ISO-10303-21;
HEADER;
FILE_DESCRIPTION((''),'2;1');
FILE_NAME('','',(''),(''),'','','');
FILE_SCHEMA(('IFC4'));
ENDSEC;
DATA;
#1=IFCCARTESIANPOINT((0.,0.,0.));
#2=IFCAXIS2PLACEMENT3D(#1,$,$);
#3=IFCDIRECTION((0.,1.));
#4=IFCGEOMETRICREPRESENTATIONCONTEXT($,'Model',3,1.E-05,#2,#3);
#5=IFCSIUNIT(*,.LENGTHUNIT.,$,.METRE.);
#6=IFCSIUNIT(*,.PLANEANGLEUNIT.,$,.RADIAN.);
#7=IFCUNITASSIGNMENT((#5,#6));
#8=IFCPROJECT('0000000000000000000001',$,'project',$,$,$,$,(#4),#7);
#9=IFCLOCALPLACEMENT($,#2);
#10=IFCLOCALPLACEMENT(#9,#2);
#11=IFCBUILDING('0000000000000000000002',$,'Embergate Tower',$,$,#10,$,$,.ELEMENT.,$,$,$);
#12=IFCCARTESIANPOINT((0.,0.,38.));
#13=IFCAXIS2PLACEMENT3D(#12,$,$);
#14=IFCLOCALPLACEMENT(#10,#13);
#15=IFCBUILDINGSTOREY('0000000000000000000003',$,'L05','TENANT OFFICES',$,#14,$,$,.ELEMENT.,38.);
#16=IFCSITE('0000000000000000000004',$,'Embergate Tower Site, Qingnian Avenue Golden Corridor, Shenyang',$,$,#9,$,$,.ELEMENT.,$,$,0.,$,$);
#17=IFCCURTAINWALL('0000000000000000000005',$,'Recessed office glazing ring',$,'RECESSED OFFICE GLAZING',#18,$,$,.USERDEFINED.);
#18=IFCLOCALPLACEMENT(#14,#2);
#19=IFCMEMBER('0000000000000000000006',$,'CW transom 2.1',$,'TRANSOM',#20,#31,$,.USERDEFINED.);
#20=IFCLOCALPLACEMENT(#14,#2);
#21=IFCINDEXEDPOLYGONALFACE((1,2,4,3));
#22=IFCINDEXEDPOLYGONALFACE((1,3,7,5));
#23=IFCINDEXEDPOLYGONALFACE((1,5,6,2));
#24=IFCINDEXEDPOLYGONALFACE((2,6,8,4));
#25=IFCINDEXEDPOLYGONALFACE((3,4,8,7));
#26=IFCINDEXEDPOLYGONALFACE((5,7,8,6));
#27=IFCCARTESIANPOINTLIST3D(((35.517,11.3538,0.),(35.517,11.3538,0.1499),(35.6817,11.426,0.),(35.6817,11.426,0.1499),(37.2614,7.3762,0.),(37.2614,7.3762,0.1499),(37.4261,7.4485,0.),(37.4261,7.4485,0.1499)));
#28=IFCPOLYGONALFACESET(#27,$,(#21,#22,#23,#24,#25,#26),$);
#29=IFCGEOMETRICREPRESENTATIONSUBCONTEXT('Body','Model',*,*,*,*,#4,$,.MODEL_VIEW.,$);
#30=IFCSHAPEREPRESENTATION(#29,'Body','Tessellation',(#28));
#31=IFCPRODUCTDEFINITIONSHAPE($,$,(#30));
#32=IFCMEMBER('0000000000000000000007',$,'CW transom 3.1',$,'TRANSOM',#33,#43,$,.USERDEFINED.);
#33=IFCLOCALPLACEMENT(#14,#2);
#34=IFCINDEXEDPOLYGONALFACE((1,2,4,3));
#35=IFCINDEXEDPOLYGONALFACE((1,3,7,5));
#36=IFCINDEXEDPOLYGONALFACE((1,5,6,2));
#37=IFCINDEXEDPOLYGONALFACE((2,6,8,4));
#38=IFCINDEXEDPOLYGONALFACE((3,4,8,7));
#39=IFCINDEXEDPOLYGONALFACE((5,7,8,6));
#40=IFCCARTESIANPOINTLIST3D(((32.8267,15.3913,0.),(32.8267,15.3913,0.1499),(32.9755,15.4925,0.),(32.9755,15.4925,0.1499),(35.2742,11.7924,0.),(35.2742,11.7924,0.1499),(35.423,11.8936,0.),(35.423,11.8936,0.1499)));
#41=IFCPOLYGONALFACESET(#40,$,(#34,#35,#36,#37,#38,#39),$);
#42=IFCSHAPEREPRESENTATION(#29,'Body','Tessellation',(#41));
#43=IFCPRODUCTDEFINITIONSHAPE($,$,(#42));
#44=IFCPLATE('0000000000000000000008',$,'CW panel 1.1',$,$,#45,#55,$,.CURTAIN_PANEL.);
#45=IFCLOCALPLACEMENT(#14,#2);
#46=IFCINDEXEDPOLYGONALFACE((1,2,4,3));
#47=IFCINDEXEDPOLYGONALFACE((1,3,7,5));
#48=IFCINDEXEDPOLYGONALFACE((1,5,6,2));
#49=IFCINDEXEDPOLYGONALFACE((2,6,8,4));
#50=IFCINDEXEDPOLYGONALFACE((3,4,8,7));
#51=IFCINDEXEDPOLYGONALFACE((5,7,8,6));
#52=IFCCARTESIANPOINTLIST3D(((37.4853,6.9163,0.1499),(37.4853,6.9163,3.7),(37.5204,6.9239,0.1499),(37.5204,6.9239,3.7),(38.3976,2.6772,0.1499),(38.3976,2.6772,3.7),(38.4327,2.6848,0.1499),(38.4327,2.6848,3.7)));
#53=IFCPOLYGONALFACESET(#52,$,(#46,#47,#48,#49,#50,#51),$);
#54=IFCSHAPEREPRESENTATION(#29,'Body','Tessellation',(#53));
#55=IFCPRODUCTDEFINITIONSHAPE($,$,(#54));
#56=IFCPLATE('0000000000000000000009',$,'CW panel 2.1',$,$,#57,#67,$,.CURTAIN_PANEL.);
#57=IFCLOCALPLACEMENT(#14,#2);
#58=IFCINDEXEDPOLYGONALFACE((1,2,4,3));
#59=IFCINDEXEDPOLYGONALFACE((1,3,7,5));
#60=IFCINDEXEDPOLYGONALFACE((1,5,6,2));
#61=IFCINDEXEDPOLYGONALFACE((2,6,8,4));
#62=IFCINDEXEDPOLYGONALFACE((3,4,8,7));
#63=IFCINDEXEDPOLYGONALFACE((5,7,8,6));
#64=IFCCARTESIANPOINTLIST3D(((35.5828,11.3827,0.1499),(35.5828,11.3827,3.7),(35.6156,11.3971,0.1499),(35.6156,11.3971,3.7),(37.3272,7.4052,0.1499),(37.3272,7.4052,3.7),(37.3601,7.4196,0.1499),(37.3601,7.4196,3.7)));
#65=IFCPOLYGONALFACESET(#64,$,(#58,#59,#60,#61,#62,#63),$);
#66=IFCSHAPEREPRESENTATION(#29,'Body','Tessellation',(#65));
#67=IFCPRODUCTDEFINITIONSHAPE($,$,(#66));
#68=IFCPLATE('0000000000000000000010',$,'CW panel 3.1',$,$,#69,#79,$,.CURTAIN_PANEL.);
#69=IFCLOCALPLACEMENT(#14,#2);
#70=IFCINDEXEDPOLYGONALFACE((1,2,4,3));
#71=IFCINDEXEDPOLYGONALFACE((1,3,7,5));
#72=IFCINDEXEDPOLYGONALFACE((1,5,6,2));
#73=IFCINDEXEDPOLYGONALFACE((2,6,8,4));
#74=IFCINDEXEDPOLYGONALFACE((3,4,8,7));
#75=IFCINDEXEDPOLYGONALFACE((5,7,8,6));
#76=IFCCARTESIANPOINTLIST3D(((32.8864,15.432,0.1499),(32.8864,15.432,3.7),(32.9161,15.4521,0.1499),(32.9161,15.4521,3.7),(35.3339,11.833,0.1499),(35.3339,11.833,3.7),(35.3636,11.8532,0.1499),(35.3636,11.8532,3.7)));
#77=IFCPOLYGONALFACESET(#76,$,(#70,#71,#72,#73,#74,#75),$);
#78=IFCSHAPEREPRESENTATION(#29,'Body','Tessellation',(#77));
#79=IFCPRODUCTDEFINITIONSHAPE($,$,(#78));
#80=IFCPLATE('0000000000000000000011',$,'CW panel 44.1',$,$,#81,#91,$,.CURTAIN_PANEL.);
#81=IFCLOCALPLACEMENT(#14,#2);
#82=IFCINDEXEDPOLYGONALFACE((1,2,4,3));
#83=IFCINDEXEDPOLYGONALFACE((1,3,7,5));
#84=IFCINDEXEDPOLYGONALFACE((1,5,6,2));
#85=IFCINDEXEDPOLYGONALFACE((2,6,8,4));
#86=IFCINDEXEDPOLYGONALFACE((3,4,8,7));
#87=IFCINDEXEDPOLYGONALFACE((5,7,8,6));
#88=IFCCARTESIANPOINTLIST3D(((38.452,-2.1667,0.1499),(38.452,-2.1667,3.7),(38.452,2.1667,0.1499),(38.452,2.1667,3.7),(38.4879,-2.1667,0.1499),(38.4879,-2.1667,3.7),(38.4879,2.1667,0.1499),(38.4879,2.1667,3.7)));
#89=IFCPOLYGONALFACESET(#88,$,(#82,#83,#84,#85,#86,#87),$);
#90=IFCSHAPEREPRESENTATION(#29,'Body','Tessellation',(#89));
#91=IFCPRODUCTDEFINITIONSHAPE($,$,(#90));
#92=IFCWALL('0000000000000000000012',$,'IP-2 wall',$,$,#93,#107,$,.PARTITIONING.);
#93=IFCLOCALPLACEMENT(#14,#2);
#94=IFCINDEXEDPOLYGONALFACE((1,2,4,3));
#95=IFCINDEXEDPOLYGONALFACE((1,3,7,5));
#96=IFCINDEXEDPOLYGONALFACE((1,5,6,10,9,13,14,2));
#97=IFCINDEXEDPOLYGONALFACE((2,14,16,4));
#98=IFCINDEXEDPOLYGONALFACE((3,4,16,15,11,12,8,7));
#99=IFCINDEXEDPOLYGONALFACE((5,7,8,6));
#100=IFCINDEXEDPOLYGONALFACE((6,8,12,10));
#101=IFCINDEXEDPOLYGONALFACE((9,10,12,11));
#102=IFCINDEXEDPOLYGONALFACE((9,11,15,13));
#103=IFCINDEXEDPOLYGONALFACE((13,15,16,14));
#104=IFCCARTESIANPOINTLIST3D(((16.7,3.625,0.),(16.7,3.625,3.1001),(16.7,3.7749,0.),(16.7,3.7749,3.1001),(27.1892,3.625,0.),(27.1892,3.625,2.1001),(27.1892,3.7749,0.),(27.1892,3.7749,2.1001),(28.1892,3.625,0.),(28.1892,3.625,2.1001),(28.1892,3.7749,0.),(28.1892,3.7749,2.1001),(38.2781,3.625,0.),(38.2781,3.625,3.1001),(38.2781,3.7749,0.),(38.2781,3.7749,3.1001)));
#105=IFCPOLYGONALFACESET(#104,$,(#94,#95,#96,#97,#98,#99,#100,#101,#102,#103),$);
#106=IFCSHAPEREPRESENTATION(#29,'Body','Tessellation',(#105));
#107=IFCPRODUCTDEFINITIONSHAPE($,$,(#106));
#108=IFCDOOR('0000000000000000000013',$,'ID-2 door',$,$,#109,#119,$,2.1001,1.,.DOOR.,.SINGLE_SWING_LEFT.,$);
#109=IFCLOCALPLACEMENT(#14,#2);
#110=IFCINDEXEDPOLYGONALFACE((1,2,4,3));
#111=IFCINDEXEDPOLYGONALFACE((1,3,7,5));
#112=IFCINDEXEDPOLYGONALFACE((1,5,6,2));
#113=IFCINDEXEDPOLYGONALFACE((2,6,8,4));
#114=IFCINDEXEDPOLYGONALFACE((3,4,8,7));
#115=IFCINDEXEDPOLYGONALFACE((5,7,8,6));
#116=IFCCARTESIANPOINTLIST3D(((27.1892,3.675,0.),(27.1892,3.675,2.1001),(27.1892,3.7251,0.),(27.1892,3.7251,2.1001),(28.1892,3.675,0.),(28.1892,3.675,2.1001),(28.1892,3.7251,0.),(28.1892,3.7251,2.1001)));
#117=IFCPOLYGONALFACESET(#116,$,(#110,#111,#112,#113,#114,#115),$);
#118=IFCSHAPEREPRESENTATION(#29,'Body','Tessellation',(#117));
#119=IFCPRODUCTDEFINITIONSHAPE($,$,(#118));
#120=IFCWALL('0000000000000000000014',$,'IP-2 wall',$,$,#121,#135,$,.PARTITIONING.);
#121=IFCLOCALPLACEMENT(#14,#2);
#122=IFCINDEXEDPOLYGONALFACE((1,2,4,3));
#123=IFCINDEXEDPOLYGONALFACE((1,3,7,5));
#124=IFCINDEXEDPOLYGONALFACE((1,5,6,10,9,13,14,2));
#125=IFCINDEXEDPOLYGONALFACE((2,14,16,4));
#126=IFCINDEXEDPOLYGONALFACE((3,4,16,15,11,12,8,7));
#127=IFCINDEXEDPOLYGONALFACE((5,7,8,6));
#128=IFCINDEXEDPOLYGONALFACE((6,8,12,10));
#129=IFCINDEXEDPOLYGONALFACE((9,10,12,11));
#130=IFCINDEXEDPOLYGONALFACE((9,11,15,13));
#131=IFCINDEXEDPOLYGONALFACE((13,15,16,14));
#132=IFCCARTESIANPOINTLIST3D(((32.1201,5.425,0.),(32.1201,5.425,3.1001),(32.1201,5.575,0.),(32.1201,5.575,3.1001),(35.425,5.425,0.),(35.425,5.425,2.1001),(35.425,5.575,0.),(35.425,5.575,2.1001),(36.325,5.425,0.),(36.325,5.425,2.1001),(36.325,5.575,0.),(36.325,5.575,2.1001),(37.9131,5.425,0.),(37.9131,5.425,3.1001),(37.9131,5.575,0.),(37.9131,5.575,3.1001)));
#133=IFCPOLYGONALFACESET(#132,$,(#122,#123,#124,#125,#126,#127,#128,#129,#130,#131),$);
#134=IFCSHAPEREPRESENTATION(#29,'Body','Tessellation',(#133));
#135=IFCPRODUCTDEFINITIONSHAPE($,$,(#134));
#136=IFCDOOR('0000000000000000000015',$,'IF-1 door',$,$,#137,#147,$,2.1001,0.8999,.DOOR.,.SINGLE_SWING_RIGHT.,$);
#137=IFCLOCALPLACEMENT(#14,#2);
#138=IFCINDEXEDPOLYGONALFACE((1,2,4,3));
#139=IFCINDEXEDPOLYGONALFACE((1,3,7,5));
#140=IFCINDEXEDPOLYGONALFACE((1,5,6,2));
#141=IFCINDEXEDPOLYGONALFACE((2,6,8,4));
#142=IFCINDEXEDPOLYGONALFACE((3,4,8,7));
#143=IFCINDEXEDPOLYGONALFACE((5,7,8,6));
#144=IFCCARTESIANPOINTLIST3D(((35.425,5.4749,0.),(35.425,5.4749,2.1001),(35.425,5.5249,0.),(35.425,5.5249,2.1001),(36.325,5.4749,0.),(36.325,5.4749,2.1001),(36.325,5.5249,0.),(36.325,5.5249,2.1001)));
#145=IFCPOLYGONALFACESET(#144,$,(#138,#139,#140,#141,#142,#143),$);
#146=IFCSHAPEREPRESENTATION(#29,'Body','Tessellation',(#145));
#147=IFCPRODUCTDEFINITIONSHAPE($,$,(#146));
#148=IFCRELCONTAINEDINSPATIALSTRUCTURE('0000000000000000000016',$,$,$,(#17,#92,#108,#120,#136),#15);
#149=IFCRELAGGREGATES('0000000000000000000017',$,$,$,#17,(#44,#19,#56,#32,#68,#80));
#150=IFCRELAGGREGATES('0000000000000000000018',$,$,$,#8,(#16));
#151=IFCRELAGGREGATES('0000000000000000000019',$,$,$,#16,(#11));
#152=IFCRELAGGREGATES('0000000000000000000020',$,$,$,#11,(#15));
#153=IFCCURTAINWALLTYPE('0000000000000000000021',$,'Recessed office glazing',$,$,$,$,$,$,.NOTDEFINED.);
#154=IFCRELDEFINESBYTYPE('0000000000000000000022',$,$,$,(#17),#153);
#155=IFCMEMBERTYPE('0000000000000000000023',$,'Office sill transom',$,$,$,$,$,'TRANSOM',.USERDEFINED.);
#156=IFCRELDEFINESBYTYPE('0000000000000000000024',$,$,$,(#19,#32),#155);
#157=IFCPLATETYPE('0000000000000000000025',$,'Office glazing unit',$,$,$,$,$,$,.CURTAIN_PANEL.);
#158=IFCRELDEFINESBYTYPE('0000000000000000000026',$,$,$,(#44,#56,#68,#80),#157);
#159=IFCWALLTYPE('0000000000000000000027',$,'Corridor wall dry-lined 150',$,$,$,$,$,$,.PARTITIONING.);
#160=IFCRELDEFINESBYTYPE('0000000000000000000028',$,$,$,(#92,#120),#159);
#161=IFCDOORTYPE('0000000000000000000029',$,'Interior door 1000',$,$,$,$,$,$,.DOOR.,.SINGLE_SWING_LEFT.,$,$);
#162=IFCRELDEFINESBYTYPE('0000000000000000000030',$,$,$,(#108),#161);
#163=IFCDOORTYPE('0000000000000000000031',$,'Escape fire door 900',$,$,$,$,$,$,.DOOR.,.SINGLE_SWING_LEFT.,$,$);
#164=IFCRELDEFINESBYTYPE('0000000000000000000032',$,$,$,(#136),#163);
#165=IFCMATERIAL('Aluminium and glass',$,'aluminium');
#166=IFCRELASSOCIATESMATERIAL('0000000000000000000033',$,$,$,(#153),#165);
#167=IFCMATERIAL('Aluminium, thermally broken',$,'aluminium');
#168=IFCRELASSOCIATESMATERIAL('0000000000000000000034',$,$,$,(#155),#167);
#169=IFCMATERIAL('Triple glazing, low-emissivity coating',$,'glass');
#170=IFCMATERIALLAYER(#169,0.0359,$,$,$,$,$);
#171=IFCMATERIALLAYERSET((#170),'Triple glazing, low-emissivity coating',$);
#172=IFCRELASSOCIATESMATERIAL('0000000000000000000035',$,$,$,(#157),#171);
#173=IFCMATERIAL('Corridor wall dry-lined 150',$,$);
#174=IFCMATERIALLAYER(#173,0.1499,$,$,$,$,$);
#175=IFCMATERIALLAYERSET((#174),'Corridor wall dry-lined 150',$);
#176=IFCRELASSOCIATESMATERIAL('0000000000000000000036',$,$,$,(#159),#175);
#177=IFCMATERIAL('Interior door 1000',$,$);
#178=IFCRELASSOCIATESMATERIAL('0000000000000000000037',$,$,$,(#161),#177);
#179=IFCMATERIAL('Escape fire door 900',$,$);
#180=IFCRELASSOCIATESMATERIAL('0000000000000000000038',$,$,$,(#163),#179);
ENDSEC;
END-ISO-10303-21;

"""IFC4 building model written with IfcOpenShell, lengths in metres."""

from ifc_helpers import new_model, si_unit, direction, frame, frame_2d, origin, origin_2d, place, context, subcontext, project, spatial, rectangle, extrude, source, transform, mapped, material, layer, layer_set, material_profile, profile_set, type_object, element, fill, aggregate, save


model = new_model("IFC4")

# Units and contexts
model_context = context("Model", 3, precision=1e-05, world=origin(), true_north=direction((0.0, 1.0)))
body_context = subcontext(model_context, "Body", "Model", "MODEL_VIEW")
ifc_project = project(units=[si_unit("LENGTHUNIT", "METRE"), si_unit("PLANEANGLEUNIT", "RADIAN")], contexts=[model_context])

# Site, building, storey
site_placement = place(None, origin())
site = spatial("IfcSite", under=ifc_project, at=site_placement, Name="Embergate Tower Site, Qingnian Avenue Golden Corridor, Shenyang", CompositionType="ELEMENT", RefElevation=0.0)
building_placement = place(site_placement, origin())
building = spatial("IfcBuilding", under=site, at=building_placement, Name="Embergate Tower", CompositionType="ELEMENT")
storey_placement = place(building_placement, frame((0.0, 0.0, 38.0)))
storey = spatial("IfcBuildingStorey", under=building, at=storey_placement, Name="L05", Description="TENANT OFFICES", CompositionType="ELEMENT", Elevation=38.0)

# Curtain wall, members, plates
ifc_material_1 = material(Name="Aluminium and glass", Category="aluminium")
curtain_wall_type = type_object("IfcCurtainWallType", Name="Recessed office glazing", PredefinedType="NOTDEFINED", material=ifc_material_1)
curtain_wall_placement = place(storey_placement, origin())
curtain_wall = element("IfcCurtainWall", 1, at=curtain_wall_placement, inside=storey, type_object=curtain_wall_type, Name="Recessed office glazing ring", ObjectType="RECESSED OFFICE GLAZING", PredefinedType="USERDEFINED")
ifc_material_2 = material(Name="Aluminium, thermally broken", Category="aluminium")
ifc_material_profile_1 = material_profile(ifc_material_2, rectangle(XDim=0.1799, YDim=0.1499, at=origin_2d()), Name="AL 150x180")
ifc_profile_set_1 = profile_set([ifc_material_profile_1], Name="Aluminium, thermally broken")
member_type_1 = type_object("IfcMemberType", Name="Office sill transom", ElementType="TRANSOM", PredefinedType="USERDEFINED", material=ifc_profile_set_1)
shared_shape_1 = source(origin(), body_context, "Body", "SweptSolid", [
    extrude(rectangle(XDim=0.1799, YDim=0.1499, at=origin_2d()), origin(), (0.0, 0.0, 1.0), 4.3433),
])
member_1_placement = place(storey_placement, frame((37.3438, 7.4124, 0.075), z_axis=(-0.401633, 0.915801, 0.0), x_axis=(-0.915801, -0.401633, 0.0)))
member_1 = element("IfcMember", 2, at=member_1_placement, type_object=member_type_1, Name="CW transom 2.1", ObjectType="TRANSOM", PredefinedType="USERDEFINED", context=body_context, shape_type="MappedRepresentation", body=[
    mapped(shared_shape_1, transform((0.0, 0.0, 0.0))),
])
shared_shape_2 = source(origin(), body_context, "Body", "SweptSolid", [
    extrude(rectangle(XDim=0.1799, YDim=0.1499, at=origin_2d()), origin(), (0.0, 0.0, 1.0), 4.3523),
])
member_2_placement = place(storey_placement, frame((35.3486, 11.843, 0.075), z_axis=(-0.562353, 0.826897, 0.0), x_axis=(-0.826897, -0.562353, 0.0)))
member_2 = element("IfcMember", 3, at=member_2_placement, type_object=member_type_1, Name="CW transom 3.1", ObjectType="TRANSOM", PredefinedType="USERDEFINED", context=body_context, shape_type="MappedRepresentation", body=[
    mapped(shared_shape_2, transform((0.0, 0.0, 0.0))),
])
ifc_material_3 = material(Name="Triple glazing, low-emissivity coating", Category="glass")
ifc_layer_1 = layer(ifc_material_3, 0.0359)
ifc_layer_set_1 = layer_set([ifc_layer_1], Name="Triple glazing, low-emissivity coating")
plate_type = type_object("IfcPlateType", Name="Office glazing unit", PredefinedType="CURTAIN_PANEL", material=ifc_layer_set_1)
shared_shape_3 = source(origin(), body_context, "Body", "SweptSolid", [
    extrude(rectangle(XDim=4.3362, YDim=0.0359, at=origin_2d()), origin(), (0.0, 0.0, 1.0), 3.55),
])
plate_1_placement = place(storey_placement, frame((37.959, 4.8005, 0.1499), z_axis=(0.0, 0.0, 1.0), x_axis=(-0.210398, 0.977616, 0.0)))
plate_1 = element("IfcPlate", 4, at=plate_1_placement, type_object=plate_type, Name="CW panel 1.1", PredefinedType="CURTAIN_PANEL", context=body_context, shape_type="MappedRepresentation", body=[
    mapped(shared_shape_3, transform((0.0, 0.0, 0.0))),
])
shared_shape_4 = source(origin(), body_context, "Body", "SweptSolid", [
    extrude(rectangle(XDim=4.3433, YDim=0.0359, at=origin_2d()), origin(), (0.0, 0.0, 1.0), 3.55),
])
plate_2_placement = place(storey_placement, frame((36.4714, 9.4011, 0.1499), z_axis=(0.0, 0.0, 1.0), x_axis=(-0.401654, 0.915792, 0.0)))
plate_2 = element("IfcPlate", 5, at=plate_2_placement, type_object=plate_type, Name="CW panel 2.1", PredefinedType="CURTAIN_PANEL", context=body_context, shape_type="MappedRepresentation", body=[
    mapped(shared_shape_4, transform((0.0, 0.0, 0.0))),
])
shared_shape_5 = source(origin(), body_context, "Body", "SweptSolid", [
    extrude(rectangle(XDim=4.3523, YDim=0.0359, at=origin_2d()), origin(), (0.0, 0.0, 1.0), 3.55),
])
plate_3_placement = place(storey_placement, frame((34.125, 13.6426, 0.1499), z_axis=(0.0, 0.0, 1.0), x_axis=(-0.562345, 0.826903, 0.0)))
plate_3 = element("IfcPlate", 6, at=plate_3_placement, type_object=plate_type, Name="CW panel 3.1", PredefinedType="CURTAIN_PANEL", context=body_context, shape_type="MappedRepresentation", body=[
    mapped(shared_shape_5, transform((0.0, 0.0, 0.0))),
])
shared_shape_6 = source(origin(), body_context, "Body", "SweptSolid", [
    extrude(rectangle(XDim=4.3335, YDim=0.0359, at=origin_2d()), origin(), (0.0, 0.0, 1.0), 3.55),
])
plate_4_placement = place(storey_placement, frame((38.47, 0.0, 0.1499), z_axis=(0.0, 0.0, 1.0), x_axis=(0.0, 1.0, 0.0)))
plate_4 = element("IfcPlate", 7, at=plate_4_placement, type_object=plate_type, Name="CW panel 44.1", PredefinedType="CURTAIN_PANEL", context=body_context, shape_type="MappedRepresentation", body=[
    mapped(shared_shape_6, transform((0.0, 0.0, 0.0))),
])
aggregate(curtain_wall, [plate_1, member_1, plate_2, member_2, plate_3, plate_4])

# Walls, openings, doors
ifc_material_4 = material(Name="Corridor wall dry-lined 150")
ifc_layer_2 = layer(ifc_material_4, 0.1499)
ifc_layer_set_2 = layer_set([ifc_layer_2], Name="Corridor wall dry-lined 150")
wall_type_1 = type_object("IfcWallType", Name="Corridor wall dry-lined 150", PredefinedType="PARTITIONING", material=ifc_layer_set_2)
shared_shape_7 = source(origin(), body_context, "Body", "SweptSolid", [
    extrude(rectangle(XDim=21.5781, YDim=0.1499, at=frame_2d((10.7891, 0.0))), origin(), (0.0, 0.0, 1.0), 3.1001),
])
wall_1_placement = place(storey_placement, frame((38.2781, 3.7, 0.0), z_axis=(0.0, 0.0, 1.0), x_axis=(-1.0, 0.0, 0.0)))
wall_1 = element("IfcWall", 8, at=wall_1_placement, inside=storey, type_object=wall_type_1, Name="IP-2 wall", PredefinedType="PARTITIONING", context=body_context, shape_type="MappedRepresentation", body=[
    mapped(shared_shape_7, transform((0.0, 0.0, 0.0))),
])
shared_shape_8 = source(origin(), body_context, "Body", "SweptSolid", [
    extrude(rectangle(XDim=1.0, YDim=2.1001, at=frame_2d((0.5, 1.05))), frame((0.0, 0.085, 0.0), z_axis=(0.0, -1.0, 0.0), x_axis=(1.0, 0.0, 0.0)), (0.0, 0.0, 1.0), 0.1699),
])
opening_1_placement = place(wall_1_placement, frame((10.0889, 0.0, 0.0)))
opening_1 = element("IfcOpeningElement", 9, at=opening_1_placement, cuts=wall_1, PredefinedType="OPENING", context=body_context, shape_type="MappedRepresentation", body=[
    mapped(shared_shape_8, transform((0.0, 0.0, 0.0))),
])
ifc_material_5 = material(Name="Interior door 1000")
door_type_1 = type_object("IfcDoorType", Name="Interior door 1000", OperationType="SINGLE_SWING_LEFT", PredefinedType="DOOR", material=ifc_material_5)
shared_shape_9 = source(origin(), body_context, "Body", "SweptSolid", [
    extrude(rectangle(XDim=1.0, YDim=2.1001, at=frame_2d((0.5, 1.05))), frame((0.0, 0.0249, 0.0), z_axis=(0.0, -1.0, 0.0), x_axis=(1.0, 0.0, 0.0)), (0.0, 0.0, 1.0), 0.05),
])
door_1_placement = place(opening_1_placement, origin())
door_1 = element("IfcDoor", 10, at=door_1_placement, inside=storey, type_object=door_type_1, Name="ID-2 door", OperationType="SINGLE_SWING_LEFT", OverallHeight=2.1001, OverallWidth=1.0, PredefinedType="DOOR", context=body_context, shape_type="MappedRepresentation", body=[
    mapped(shared_shape_9, transform((0.0, 0.0, 0.0))),
])
fill(opening_1, door_1)
shared_shape_10 = source(origin(), body_context, "Body", "SweptSolid", [
    extrude(rectangle(XDim=5.793, YDim=0.1499, at=frame_2d((2.8965, 0.0))), origin(), (0.0, 0.0, 1.0), 3.1001),
])
wall_2_placement = place(storey_placement, frame((32.1201, 5.5, 0.0), z_axis=(0.0, 0.0, 1.0), x_axis=(1.0, 0.0, 0.0)))
wall_2 = element("IfcWall", 11, at=wall_2_placement, inside=storey, type_object=wall_type_1, Name="IP-2 wall", PredefinedType="PARTITIONING", context=body_context, shape_type="MappedRepresentation", body=[
    mapped(shared_shape_10, transform((0.0, 0.0, 0.0))),
])
shared_shape_11 = source(origin(), body_context, "Body", "SweptSolid", [
    extrude(rectangle(XDim=0.8999, YDim=2.1001, at=frame_2d((0.45, 1.05))), frame((0.0, 0.085, 0.0), z_axis=(0.0, -1.0, 0.0), x_axis=(1.0, 0.0, 0.0)), (0.0, 0.0, 1.0), 0.1699),
])
opening_2_placement = place(wall_2_placement, frame((3.3049, 0.0, 0.0)))
opening_2 = element("IfcOpeningElement", 12, at=opening_2_placement, cuts=wall_2, PredefinedType="OPENING", context=body_context, shape_type="MappedRepresentation", body=[
    mapped(shared_shape_11, transform((0.0, 0.0, 0.0))),
])
ifc_material_6 = material(Name="Escape fire door 900")
door_type_2 = type_object("IfcDoorType", Name="Escape fire door 900", OperationType="SINGLE_SWING_LEFT", PredefinedType="DOOR", material=ifc_material_6)
shared_shape_12 = source(origin(), body_context, "Body", "SweptSolid", [
    extrude(rectangle(XDim=0.8999, YDim=2.1001, at=frame_2d((0.45, 1.05))), frame((0.0, 0.0249, 0.0), z_axis=(0.0, -1.0, 0.0), x_axis=(1.0, 0.0, 0.0)), (0.0, 0.0, 1.0), 0.05),
])
door_2_placement = place(opening_2_placement, origin())
door_2 = element("IfcDoor", 13, at=door_2_placement, inside=storey, type_object=door_type_2, Name="IF-1 door", OperationType="SINGLE_SWING_RIGHT", OverallHeight=2.1001, OverallWidth=0.8999, PredefinedType="DOOR", context=body_context, shape_type="MappedRepresentation", body=[
    mapped(shared_shape_12, transform((0.0, 0.0, 0.0))),
])
fill(opening_2, door_2)

save(model, "model.ifc")
